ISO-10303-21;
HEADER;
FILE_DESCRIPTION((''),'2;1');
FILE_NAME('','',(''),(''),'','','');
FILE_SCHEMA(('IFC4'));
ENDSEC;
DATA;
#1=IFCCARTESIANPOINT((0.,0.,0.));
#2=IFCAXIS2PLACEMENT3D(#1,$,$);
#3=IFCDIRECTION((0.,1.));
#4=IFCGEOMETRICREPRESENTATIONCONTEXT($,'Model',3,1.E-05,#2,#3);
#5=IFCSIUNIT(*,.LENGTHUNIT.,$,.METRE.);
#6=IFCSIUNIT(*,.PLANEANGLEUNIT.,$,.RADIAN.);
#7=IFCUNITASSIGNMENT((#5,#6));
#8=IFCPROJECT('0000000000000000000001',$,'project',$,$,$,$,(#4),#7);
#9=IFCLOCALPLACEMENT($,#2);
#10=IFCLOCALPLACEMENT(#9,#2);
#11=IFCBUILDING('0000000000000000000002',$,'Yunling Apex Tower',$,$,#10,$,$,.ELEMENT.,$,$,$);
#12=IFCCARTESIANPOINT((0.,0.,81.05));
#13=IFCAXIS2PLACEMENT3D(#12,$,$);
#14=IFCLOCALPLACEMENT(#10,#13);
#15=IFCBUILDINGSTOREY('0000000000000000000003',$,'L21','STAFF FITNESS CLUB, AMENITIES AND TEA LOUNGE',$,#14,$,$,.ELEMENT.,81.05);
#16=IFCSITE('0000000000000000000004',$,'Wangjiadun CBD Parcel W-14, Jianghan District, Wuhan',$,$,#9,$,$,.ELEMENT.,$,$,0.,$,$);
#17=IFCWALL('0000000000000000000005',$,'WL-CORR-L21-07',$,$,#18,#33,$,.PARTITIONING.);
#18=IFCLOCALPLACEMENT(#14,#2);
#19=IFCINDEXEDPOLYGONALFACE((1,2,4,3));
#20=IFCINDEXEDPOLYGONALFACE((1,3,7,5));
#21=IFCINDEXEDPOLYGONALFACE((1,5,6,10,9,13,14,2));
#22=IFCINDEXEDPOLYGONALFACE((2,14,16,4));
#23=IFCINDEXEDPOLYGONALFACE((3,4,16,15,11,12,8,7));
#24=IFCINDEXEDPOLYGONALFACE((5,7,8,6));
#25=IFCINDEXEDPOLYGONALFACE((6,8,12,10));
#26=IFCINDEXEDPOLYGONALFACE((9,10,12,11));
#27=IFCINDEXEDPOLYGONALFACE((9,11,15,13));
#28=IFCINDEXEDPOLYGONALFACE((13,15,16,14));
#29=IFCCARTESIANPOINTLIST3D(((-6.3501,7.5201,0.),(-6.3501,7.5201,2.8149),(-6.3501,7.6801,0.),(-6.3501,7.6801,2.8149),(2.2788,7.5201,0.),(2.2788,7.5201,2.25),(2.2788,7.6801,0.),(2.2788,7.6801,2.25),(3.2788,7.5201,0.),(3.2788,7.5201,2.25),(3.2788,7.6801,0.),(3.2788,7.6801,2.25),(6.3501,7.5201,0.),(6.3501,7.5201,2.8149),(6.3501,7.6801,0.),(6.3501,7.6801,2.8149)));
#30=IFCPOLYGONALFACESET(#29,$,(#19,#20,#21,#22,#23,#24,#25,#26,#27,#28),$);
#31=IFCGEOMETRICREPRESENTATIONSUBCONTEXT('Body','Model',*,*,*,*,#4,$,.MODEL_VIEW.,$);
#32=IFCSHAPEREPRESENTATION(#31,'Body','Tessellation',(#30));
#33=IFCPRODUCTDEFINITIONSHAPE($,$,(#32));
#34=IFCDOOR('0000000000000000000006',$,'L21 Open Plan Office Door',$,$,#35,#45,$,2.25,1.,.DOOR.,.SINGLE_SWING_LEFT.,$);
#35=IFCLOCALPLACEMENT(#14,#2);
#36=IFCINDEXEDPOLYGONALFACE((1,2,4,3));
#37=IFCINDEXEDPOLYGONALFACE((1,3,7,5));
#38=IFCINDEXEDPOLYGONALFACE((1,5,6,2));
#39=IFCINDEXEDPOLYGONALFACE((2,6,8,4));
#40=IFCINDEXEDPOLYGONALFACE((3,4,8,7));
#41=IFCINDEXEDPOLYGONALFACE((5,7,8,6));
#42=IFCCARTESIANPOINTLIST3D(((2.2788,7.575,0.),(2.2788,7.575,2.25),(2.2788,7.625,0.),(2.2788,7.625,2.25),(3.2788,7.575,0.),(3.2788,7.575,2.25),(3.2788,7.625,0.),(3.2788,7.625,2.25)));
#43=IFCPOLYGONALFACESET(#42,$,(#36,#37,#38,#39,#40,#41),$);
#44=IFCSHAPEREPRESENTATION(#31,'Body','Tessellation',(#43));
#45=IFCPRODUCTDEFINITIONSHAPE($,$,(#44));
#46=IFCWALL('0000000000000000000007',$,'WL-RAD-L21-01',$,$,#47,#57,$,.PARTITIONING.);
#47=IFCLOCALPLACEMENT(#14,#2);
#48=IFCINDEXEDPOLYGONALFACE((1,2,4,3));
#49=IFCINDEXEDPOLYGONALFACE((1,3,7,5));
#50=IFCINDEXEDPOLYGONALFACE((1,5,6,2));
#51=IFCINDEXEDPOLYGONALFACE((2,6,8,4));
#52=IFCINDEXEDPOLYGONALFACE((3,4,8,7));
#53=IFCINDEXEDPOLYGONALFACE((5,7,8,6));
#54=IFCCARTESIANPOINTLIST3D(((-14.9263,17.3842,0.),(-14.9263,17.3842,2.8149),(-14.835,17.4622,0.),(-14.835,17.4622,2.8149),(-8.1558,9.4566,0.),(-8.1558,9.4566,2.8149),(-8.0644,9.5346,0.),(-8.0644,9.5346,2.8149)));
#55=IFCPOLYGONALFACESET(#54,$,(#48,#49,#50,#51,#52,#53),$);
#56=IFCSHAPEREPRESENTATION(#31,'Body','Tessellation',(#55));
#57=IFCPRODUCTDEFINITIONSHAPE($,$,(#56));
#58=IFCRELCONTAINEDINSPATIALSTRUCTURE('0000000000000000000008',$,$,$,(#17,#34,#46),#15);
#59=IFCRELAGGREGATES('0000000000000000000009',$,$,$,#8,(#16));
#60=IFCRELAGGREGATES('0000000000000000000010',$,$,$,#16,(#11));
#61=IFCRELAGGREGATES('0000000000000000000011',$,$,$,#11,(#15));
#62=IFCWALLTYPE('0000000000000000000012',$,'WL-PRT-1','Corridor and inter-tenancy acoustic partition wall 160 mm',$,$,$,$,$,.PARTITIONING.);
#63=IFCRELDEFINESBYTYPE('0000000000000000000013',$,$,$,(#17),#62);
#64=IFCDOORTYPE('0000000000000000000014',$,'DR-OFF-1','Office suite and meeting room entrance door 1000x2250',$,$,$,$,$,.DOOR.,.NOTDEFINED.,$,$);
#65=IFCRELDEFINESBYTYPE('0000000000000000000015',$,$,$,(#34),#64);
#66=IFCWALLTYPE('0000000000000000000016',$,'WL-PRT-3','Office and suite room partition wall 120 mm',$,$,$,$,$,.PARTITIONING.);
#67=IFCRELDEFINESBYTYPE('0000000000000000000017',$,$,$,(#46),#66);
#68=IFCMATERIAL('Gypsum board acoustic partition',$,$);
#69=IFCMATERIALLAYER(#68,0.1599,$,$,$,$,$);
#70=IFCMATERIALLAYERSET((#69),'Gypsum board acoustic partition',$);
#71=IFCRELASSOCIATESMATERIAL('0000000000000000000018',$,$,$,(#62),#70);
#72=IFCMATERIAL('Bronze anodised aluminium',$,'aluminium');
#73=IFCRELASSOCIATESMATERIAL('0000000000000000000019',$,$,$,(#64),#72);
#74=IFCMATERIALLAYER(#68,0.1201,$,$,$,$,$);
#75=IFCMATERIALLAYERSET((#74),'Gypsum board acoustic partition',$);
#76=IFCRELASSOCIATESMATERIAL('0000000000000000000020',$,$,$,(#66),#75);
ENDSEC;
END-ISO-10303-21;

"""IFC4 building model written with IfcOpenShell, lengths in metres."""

from ifc_helpers import new_model, si_unit, direction, frame, frame_2d, origin, place, context, subcontext, project, spatial, rectangle, extrude, material, layer, layer_set, type_object, element, fill, save


model = new_model("IFC4")

# Units and contexts
model_context = context("Model", 3, precision=1e-05, world=origin(), true_north=direction((0.0, 1.0)))
body_context = subcontext(model_context, "Body", "Model", "MODEL_VIEW")
ifc_project = project(units=[si_unit("LENGTHUNIT", "METRE"), si_unit("PLANEANGLEUNIT", "RADIAN")], contexts=[model_context])

# Site, building, storey
site_placement = place(None, origin())
site = spatial("IfcSite", under=ifc_project, at=site_placement, Name="Wangjiadun CBD Parcel W-14, Jianghan District, Wuhan", CompositionType="ELEMENT", RefElevation=0.0)
building_placement = place(site_placement, origin())
building = spatial("IfcBuilding", under=site, at=building_placement, Name="Yunling Apex Tower", CompositionType="ELEMENT")
storey_placement = place(building_placement, frame((0.0, 0.0, 81.05)))
storey = spatial("IfcBuildingStorey", under=building, at=storey_placement, Name="L21", Description="STAFF FITNESS CLUB, AMENITIES AND TEA LOUNGE", CompositionType="ELEMENT", Elevation=81.05)

# Shared definitions
ifc_material_1 = material(Name="Bronze anodised aluminium", Category="aluminium")

# Shared definitions
ifc_material_2 = material(Name="Gypsum board acoustic partition")
ifc_layer_1 = layer(ifc_material_2, 0.1599)
ifc_layer_set_1 = layer_set([ifc_layer_1], Name="Gypsum board acoustic partition")
wall_type_1 = type_object("IfcWallType", Name="WL-PRT-1", Description="Corridor and inter-tenancy acoustic partition wall 160 mm", PredefinedType="PARTITIONING", material=ifc_layer_set_1)
door_type = type_object("IfcDoorType", Name="DR-OFF-1", Description="Office suite and meeting room entrance door 1000x2250", OperationType="NOTDEFINED", PredefinedType="DOOR", material=ifc_material_1)

# Wall, opening, door
wall_1_placement = place(storey_placement, frame((-6.3501, 7.6001, 0.0), z_axis=(0.0, 0.0, 1.0), x_axis=(1.0, 0.0, 0.0)))
wall_1 = element("IfcWall", 1, at=wall_1_placement, inside=storey, type_object=wall_type_1, Name="WL-CORR-L21-07", PredefinedType="PARTITIONING", context=body_context, shape_type="SweptSolid", body=[
    extrude(rectangle(XDim=12.7002, YDim=0.1599, at=frame_2d((6.3501, 0.0))), origin(), (0.0, 0.0, 1.0), 2.8149),
])
opening_1_placement = place(wall_1_placement, frame((8.6289, 0.0, 0.0)))
opening_1 = element("IfcOpeningElement", 2, at=opening_1_placement, cuts=wall_1, PredefinedType="OPENING", context=body_context, shape_type="SweptSolid", body=[
    extrude(rectangle(XDim=1.0, YDim=2.25, at=frame_2d((0.5, 1.125))), frame((0.0, 0.0898, 0.0), z_axis=(0.0, -1.0, 0.0), x_axis=(1.0, 0.0, 0.0)), (0.0, 0.0, 1.0), 0.1799),
])
door_1_placement = place(opening_1_placement, origin())
door_1 = element("IfcDoor", 3, at=door_1_placement, inside=storey, type_object=door_type, Name="L21 Open Plan Office Door", OperationType="SINGLE_SWING_LEFT", OverallHeight=2.25, OverallWidth=1.0, PredefinedType="DOOR", context=body_context, shape_type="SweptSolid", body=[
    extrude(rectangle(XDim=1.0, YDim=2.25, at=frame_2d((0.5, 1.125))), frame((0.0, 0.0249, 0.0), z_axis=(0.0, -1.0, 0.0), x_axis=(1.0, 0.0, 0.0)), (0.0, 0.0, 1.0), 0.05),
])
fill(opening_1, door_1)

# Wall
ifc_layer_2 = layer(ifc_material_2, 0.1201)
ifc_layer_set_2 = layer_set([ifc_layer_2], Name="Gypsum board acoustic partition")
wall_type_2 = type_object("IfcWallType", Name="WL-PRT-3", Description="Office and suite room partition wall 120 mm", PredefinedType="PARTITIONING", material=ifc_layer_set_2)
wall_2_placement = place(storey_placement, frame((-8.1101, 9.4956, 0.0), z_axis=(0.0, 0.0, 1.0), x_axis=(-0.649436, 0.760416, 0.0)))
element("IfcWall", 4, at=wall_2_placement, inside=storey, type_object=wall_type_2, Name="WL-RAD-L21-01", PredefinedType="PARTITIONING", context=body_context, shape_type="SweptSolid", body=[
    extrude(rectangle(XDim=10.4253, YDim=0.1201, at=frame_2d((5.2126, 0.0))), origin(), (0.0, 0.0, 1.0), 2.8149),
])

save(model, "model.ifc")
